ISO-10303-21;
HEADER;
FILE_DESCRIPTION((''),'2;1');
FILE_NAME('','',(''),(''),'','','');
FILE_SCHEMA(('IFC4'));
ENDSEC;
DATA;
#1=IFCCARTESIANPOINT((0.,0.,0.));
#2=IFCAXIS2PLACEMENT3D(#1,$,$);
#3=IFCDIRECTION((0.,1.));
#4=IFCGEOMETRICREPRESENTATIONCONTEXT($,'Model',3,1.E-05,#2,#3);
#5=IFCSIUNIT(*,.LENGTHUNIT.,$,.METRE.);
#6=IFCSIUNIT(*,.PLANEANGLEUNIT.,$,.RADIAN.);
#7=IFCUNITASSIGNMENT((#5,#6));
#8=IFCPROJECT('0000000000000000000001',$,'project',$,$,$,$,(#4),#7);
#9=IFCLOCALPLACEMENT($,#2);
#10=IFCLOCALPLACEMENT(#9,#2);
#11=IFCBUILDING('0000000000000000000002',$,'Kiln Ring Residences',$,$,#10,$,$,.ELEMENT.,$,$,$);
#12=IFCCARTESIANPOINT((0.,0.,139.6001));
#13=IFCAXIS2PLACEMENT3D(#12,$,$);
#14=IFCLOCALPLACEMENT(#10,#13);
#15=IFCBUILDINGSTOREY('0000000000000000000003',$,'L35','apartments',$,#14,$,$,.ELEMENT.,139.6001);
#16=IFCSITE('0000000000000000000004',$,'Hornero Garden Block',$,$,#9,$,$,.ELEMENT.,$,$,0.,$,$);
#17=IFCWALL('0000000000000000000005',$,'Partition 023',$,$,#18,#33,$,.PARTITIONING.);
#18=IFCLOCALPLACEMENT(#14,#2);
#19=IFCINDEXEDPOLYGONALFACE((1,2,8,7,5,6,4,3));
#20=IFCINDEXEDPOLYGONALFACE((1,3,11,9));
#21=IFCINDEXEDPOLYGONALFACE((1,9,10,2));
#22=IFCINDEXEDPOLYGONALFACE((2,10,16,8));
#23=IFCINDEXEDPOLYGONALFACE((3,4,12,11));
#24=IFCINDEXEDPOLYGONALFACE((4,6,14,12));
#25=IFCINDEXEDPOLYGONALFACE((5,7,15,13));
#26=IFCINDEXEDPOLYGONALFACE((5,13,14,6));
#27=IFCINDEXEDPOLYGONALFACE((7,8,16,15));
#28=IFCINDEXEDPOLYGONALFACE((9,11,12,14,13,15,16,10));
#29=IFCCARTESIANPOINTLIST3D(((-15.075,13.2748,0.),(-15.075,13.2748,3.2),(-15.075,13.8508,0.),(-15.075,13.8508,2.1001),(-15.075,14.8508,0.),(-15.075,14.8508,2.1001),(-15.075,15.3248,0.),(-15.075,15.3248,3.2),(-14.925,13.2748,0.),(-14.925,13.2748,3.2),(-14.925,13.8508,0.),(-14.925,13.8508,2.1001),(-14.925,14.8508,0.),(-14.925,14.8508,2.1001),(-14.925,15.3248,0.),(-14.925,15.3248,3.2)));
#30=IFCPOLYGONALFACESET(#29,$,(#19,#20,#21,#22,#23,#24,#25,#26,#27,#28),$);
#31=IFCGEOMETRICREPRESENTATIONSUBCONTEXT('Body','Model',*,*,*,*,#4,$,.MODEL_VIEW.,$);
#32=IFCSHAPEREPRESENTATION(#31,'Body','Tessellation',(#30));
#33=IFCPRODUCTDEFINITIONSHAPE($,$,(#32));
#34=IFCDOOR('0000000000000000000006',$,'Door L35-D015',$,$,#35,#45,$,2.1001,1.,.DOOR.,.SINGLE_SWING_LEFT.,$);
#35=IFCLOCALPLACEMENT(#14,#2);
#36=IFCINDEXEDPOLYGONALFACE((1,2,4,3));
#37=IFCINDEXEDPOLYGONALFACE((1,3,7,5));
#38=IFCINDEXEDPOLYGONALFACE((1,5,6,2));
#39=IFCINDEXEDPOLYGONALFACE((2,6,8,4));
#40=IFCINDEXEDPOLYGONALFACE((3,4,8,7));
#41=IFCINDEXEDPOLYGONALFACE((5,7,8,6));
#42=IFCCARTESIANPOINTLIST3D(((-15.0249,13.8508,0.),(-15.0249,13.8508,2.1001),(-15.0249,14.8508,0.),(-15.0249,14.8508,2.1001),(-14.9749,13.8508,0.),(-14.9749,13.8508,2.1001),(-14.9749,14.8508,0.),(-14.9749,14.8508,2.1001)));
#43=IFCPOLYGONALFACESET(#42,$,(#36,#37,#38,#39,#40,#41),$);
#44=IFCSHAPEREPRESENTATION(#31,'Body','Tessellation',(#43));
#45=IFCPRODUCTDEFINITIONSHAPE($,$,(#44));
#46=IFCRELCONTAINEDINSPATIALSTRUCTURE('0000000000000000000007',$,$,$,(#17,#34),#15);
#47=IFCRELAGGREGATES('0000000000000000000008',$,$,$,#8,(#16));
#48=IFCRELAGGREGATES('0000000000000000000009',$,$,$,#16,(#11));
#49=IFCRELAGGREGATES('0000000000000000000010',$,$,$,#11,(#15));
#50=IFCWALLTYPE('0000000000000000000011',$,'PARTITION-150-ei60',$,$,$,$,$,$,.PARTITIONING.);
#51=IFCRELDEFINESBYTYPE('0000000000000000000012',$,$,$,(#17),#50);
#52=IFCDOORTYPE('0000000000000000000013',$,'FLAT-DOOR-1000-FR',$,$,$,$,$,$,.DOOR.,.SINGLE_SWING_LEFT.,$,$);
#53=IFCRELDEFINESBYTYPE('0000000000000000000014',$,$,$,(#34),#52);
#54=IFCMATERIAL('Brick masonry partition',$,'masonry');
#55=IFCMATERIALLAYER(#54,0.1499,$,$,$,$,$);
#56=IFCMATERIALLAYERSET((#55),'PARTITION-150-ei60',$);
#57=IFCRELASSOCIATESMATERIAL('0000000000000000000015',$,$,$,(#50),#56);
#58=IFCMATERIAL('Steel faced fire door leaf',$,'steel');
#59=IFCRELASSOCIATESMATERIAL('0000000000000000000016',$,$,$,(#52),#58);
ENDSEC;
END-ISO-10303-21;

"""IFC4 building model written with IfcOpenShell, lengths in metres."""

from ifc_helpers import new_model, si_unit, direction, frame, frame_2d, origin, place, context, subcontext, project, spatial, rectangle, extrude, material, layer, layer_set, type_object, element, fill, save


model = new_model("IFC4")

# Units and contexts
model_context = context("Model", 3, precision=1e-05, world=origin(), true_north=direction((0.0, 1.0)))
body_context = subcontext(model_context, "Body", "Model", "MODEL_VIEW")
ifc_project = project(units=[si_unit("LENGTHUNIT", "METRE"), si_unit("PLANEANGLEUNIT", "RADIAN")], contexts=[model_context])

# Site, building, storey
site_placement = place(None, origin())
site = spatial("IfcSite", under=ifc_project, at=site_placement, Name="Hornero Garden Block", CompositionType="ELEMENT", RefElevation=0.0)
building_placement = place(site_placement, origin())
building = spatial("IfcBuilding", under=site, at=building_placement, Name="Kiln Ring Residences", CompositionType="ELEMENT")
storey_placement = place(building_placement, frame((0.0, 0.0, 139.6001)))
storey = spatial("IfcBuildingStorey", under=building, at=storey_placement, Name="L35", Description="apartments", CompositionType="ELEMENT", Elevation=139.6001)

# Shared definitions
ifc_material_1 = material(Name="Brick masonry partition", Category="masonry")
ifc_layer_1 = layer(ifc_material_1, 0.1499)
ifc_layer_set_1 = layer_set([ifc_layer_1], Name="PARTITION-150-ei60")
wall_type_1 = type_object("IfcWallType", Name="PARTITION-150-ei60", PredefinedType="PARTITIONING", material=ifc_layer_set_1)
ifc_material_2 = material(Name="Steel faced fire door leaf", Category="steel")
door_type_1 = type_object("IfcDoorType", Name="FLAT-DOOR-1000-FR", OperationType="SINGLE_SWING_LEFT", PredefinedType="DOOR", material=ifc_material_2)

# Wall, opening, door
wall_1_placement = place(storey_placement, frame((-15.0, 13.2749, 0.0), z_axis=(0.0, 0.0, 1.0), x_axis=(0.0, 1.0, 0.0)))
wall_1 = element("IfcWall", 1, at=wall_1_placement, inside=storey, type_object=wall_type_1, Name="Partition 023", PredefinedType="PARTITIONING", context=body_context, shape_type="SweptSolid", body=[
    extrude(rectangle(XDim=2.05, YDim=0.1499, at=frame_2d((1.0249, 0.0))), origin(), (0.0, 0.0, 1.0), 3.2),
])
opening_1_placement = place(wall_1_placement, frame((0.5759, 0.0, 0.0)))
opening_1 = element("IfcOpeningElement", 2, at=opening_1_placement, cuts=wall_1, PredefinedType="OPENING", context=body_context, shape_type="SweptSolid", body=[
    extrude(rectangle(XDim=1.0, YDim=2.1001, at=frame_2d((0.5, 1.05))), frame((0.0, 0.085, 0.0), z_axis=(0.0, -1.0, 0.0), x_axis=(1.0, 0.0, 0.0)), (0.0, 0.0, 1.0), 0.1699),
])
door_1_placement = place(opening_1_placement, origin())
door_1 = element("IfcDoor", 3, at=door_1_placement, inside=storey, type_object=door_type_1, Name="Door L35-D015", OperationType="SINGLE_SWING_LEFT", OverallHeight=2.1001, OverallWidth=1.0, PredefinedType="DOOR", context=body_context, shape_type="SweptSolid", body=[
    extrude(rectangle(XDim=1.0, YDim=2.1001, at=frame_2d((0.5, 1.05))), frame((0.0, 0.0249, 0.0), z_axis=(0.0, -1.0, 0.0), x_axis=(1.0, 0.0, 0.0)), (0.0, 0.0, 1.0), 0.05),
])
fill(opening_1, door_1)

save(model, "model.ifc")
